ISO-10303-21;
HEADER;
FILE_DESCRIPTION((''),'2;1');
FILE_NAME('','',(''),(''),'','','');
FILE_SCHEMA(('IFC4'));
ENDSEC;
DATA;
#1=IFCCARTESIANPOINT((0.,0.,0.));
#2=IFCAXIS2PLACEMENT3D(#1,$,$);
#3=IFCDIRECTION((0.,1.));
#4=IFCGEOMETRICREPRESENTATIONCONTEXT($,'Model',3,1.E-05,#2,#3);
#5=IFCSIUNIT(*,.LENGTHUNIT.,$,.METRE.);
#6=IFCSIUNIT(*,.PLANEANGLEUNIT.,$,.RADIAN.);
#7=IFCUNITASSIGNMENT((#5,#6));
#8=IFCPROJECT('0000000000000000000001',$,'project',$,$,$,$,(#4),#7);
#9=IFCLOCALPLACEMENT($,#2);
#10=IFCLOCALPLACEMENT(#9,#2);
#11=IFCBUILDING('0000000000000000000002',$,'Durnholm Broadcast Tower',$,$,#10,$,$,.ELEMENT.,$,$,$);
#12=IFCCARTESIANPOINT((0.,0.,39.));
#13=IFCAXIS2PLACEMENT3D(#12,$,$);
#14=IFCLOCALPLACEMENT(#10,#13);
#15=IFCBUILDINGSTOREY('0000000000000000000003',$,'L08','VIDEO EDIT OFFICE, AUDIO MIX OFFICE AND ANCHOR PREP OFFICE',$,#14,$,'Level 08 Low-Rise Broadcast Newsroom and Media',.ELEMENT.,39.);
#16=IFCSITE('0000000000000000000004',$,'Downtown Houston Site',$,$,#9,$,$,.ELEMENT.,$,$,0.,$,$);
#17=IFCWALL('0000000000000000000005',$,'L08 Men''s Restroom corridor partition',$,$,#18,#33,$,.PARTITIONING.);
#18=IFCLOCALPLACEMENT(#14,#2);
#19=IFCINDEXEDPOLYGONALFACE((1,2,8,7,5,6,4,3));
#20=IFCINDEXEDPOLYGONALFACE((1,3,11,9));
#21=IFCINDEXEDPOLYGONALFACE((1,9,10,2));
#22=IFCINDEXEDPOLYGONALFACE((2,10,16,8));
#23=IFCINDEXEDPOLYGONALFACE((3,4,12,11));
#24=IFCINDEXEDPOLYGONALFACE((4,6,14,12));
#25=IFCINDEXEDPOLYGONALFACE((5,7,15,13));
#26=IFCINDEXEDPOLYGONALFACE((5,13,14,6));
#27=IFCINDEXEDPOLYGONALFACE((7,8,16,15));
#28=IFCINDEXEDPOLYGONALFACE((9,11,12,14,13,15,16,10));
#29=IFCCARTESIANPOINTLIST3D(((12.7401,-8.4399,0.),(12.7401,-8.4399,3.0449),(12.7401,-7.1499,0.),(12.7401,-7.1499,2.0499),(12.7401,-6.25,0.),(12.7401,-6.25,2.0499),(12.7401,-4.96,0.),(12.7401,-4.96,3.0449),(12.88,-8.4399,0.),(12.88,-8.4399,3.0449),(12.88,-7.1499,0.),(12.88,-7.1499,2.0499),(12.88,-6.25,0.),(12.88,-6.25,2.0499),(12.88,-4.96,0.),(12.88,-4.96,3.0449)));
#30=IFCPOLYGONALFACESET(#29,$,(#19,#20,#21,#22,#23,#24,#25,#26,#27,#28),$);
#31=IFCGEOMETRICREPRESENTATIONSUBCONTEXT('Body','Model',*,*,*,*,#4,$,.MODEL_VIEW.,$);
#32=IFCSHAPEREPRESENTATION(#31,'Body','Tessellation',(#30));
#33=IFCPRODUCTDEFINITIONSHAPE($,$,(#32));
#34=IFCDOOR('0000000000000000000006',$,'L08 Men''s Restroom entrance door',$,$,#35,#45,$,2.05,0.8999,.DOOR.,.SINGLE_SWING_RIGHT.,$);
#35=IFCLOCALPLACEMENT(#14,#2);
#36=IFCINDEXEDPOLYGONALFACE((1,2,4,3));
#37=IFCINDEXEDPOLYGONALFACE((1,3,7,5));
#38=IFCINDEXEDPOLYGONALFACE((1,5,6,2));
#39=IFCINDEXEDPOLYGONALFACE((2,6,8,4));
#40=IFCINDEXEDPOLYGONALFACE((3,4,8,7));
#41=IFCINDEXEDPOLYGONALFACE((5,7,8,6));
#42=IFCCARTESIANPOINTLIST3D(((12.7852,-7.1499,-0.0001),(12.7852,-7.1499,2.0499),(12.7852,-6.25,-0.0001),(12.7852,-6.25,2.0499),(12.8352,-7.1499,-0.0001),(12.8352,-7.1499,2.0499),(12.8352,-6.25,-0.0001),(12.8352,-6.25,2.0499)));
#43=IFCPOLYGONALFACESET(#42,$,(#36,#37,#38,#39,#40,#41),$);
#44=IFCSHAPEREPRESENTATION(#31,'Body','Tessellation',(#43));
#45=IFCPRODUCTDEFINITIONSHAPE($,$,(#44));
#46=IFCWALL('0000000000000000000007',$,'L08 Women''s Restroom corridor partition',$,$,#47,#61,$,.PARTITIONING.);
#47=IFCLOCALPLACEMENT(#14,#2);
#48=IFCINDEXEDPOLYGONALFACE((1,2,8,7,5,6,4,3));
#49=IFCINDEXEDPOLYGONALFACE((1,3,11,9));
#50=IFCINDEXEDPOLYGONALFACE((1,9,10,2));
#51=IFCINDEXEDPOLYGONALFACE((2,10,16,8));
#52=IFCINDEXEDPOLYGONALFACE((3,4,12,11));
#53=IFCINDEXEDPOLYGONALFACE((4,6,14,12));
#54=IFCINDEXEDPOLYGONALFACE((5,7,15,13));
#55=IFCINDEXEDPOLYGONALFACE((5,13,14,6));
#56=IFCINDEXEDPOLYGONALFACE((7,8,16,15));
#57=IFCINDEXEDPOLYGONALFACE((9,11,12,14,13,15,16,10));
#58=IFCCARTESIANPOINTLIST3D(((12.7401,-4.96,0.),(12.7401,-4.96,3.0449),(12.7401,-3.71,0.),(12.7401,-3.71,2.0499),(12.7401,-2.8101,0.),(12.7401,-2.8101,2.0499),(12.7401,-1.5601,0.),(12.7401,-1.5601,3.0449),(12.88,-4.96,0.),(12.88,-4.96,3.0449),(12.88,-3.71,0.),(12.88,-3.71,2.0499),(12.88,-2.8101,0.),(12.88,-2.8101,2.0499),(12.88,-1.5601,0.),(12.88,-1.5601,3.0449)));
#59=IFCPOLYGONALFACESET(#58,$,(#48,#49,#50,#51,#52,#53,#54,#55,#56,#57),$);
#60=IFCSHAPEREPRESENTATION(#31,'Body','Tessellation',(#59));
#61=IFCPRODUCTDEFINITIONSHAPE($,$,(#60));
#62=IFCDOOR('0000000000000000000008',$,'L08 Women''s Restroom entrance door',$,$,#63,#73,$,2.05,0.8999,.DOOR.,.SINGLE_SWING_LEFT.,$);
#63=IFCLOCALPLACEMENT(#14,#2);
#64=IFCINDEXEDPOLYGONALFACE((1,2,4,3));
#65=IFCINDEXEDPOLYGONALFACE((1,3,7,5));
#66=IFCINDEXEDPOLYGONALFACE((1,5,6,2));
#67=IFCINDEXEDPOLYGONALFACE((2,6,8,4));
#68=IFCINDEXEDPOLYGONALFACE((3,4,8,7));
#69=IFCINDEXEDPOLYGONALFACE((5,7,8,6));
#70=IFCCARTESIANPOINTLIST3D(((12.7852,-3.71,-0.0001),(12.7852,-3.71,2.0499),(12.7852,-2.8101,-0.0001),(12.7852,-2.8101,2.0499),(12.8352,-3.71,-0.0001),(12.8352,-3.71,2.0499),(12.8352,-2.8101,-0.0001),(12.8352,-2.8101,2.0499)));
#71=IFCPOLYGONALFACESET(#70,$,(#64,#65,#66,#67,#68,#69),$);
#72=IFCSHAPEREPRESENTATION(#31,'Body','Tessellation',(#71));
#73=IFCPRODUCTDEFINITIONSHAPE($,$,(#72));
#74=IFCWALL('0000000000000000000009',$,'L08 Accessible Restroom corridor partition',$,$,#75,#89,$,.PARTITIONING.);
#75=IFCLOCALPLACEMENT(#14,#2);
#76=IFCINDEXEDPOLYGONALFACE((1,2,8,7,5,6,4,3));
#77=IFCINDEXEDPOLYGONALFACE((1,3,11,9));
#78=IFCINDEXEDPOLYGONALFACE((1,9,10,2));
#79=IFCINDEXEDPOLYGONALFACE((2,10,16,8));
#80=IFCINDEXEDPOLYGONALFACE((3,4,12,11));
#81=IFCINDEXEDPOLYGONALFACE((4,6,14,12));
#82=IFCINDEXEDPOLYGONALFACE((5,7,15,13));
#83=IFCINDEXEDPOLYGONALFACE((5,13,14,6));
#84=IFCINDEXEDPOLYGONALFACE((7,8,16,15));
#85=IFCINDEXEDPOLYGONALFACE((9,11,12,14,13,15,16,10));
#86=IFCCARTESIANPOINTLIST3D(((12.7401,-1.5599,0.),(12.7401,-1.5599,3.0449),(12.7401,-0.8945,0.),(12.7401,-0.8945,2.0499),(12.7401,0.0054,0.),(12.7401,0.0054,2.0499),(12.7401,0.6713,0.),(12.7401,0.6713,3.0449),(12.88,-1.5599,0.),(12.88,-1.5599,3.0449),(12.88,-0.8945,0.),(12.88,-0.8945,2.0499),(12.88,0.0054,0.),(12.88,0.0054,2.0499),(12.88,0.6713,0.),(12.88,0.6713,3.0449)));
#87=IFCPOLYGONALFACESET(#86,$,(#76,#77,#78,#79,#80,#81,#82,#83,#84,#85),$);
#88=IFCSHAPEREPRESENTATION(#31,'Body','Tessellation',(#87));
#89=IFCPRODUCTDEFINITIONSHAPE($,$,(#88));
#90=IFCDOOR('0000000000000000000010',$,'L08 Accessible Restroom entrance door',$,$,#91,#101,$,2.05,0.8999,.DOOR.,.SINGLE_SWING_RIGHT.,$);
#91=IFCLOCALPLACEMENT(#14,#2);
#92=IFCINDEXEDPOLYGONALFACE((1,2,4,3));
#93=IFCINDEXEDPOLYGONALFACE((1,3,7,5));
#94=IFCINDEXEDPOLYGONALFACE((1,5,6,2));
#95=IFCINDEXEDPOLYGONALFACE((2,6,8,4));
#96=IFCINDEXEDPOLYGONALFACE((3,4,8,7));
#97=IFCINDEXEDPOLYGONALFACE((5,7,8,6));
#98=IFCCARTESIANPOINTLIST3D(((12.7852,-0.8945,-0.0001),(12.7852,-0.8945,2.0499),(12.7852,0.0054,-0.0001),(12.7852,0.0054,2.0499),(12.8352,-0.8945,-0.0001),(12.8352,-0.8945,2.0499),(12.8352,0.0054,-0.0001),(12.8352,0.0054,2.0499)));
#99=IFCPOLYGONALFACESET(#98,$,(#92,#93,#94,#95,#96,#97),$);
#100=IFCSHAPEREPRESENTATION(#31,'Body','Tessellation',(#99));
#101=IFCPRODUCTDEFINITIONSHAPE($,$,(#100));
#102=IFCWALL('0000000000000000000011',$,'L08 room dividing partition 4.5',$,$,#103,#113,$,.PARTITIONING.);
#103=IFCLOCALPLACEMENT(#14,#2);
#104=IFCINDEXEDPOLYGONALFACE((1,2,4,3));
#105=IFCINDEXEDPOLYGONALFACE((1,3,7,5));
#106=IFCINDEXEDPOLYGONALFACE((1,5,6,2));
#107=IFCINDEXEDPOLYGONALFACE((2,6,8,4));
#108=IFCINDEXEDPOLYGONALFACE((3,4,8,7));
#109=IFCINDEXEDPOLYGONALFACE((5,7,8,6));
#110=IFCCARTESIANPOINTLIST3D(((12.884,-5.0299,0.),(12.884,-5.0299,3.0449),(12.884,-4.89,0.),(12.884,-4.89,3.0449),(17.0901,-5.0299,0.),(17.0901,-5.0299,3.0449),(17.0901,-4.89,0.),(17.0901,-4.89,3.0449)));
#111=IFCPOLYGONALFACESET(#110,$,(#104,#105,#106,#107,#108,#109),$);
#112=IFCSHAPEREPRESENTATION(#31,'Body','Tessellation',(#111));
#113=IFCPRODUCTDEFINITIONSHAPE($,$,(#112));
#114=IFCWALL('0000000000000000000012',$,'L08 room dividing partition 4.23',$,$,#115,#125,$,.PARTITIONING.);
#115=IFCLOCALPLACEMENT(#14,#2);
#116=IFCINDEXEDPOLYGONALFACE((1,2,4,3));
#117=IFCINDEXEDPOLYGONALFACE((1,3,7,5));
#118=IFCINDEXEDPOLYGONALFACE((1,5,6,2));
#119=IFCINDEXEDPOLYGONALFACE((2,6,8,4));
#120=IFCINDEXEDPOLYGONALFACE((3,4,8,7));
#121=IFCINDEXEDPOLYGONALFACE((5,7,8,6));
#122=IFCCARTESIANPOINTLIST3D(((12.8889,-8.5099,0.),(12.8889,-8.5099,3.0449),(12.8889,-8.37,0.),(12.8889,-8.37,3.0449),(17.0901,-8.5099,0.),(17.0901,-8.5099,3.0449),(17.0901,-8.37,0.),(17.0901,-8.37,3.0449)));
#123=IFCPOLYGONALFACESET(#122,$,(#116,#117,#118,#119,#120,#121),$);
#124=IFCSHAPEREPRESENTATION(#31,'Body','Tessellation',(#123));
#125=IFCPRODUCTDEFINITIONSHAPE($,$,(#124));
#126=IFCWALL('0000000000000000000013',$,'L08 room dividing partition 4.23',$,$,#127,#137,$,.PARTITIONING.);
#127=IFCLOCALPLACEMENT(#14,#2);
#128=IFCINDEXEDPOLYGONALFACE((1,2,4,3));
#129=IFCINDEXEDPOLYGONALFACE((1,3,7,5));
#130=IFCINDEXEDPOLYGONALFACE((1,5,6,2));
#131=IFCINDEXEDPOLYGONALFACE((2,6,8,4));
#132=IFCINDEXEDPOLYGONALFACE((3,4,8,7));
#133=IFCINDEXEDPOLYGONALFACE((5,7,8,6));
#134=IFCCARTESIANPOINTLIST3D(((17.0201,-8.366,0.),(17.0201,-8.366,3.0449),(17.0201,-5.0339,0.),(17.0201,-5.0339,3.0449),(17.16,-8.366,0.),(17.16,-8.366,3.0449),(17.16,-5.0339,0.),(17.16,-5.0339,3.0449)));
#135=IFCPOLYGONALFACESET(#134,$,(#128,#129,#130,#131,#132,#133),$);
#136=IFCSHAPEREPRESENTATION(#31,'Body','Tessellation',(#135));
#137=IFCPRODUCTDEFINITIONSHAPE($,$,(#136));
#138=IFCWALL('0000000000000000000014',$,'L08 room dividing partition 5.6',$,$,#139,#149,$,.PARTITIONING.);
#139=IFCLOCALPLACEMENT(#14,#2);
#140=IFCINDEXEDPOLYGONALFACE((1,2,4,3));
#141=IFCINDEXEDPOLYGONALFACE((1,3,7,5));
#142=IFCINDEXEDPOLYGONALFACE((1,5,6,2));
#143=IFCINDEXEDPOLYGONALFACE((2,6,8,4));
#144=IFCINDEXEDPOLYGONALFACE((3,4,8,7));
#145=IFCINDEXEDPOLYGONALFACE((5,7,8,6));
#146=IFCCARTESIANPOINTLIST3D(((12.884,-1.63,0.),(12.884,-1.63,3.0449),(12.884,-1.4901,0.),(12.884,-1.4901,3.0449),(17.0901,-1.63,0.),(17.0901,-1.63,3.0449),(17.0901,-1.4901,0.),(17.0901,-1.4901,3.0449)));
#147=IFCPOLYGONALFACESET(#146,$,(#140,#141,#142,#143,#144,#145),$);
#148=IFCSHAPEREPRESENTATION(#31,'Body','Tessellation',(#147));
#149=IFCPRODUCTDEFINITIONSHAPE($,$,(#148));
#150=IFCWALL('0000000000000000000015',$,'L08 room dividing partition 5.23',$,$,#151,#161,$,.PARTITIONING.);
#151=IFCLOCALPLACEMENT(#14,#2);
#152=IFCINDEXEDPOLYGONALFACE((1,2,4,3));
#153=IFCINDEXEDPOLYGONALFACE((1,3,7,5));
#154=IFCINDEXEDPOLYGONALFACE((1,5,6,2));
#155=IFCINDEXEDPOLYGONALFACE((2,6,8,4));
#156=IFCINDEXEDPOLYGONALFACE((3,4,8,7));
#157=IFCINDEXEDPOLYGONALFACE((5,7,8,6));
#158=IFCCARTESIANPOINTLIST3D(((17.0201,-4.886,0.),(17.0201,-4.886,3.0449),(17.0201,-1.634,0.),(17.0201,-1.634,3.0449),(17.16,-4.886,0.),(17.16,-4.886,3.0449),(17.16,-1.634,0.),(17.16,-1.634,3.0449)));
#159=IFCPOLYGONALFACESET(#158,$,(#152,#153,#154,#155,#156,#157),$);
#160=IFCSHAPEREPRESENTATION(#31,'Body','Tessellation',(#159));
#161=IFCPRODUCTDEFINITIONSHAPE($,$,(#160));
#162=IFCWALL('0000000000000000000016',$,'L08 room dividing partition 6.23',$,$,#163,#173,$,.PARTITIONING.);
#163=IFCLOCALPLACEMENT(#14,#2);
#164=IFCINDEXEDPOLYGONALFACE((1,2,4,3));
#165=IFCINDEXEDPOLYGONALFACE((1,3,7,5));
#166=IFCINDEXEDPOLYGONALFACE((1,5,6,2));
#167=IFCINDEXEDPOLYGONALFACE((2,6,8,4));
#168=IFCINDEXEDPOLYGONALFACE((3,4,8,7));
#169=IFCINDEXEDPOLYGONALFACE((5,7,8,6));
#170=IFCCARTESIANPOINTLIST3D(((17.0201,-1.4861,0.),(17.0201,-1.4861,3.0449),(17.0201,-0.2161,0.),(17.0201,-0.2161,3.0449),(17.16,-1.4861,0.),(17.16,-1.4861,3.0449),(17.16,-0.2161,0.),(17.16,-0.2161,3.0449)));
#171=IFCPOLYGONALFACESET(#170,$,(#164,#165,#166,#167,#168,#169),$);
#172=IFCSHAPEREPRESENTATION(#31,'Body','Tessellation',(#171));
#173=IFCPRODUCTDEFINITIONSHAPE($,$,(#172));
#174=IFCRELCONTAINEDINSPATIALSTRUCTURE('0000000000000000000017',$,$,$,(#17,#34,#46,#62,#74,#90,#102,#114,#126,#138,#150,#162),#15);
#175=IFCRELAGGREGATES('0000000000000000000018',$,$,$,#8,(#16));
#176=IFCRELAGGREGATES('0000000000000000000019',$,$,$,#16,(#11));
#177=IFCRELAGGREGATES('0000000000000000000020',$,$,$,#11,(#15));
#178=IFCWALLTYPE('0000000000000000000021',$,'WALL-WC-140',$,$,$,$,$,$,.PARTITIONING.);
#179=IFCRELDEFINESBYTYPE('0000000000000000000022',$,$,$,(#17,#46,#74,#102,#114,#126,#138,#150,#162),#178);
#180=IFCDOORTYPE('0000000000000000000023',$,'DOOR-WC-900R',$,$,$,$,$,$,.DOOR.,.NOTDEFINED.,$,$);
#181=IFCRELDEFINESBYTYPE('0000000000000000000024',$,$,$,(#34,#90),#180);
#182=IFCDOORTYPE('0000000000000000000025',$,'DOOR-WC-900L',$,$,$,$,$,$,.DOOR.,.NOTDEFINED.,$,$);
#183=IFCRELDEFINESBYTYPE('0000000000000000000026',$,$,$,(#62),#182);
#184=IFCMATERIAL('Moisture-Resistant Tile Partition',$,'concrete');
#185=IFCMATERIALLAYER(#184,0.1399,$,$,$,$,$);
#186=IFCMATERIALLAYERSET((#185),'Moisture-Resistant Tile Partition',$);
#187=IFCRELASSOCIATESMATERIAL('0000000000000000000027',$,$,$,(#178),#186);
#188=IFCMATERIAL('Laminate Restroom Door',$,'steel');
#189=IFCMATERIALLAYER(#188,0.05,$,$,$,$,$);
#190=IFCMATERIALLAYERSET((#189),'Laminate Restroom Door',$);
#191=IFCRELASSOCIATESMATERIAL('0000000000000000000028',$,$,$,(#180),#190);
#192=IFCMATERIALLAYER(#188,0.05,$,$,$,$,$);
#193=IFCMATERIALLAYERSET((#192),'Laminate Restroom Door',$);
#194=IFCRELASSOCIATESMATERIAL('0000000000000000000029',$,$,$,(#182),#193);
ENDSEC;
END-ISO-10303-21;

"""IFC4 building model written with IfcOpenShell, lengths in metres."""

from ifc_helpers import new_model, si_unit, direction, frame, frame_2d, origin, place, context, subcontext, project, spatial, rectangle, extrude, source, transform, mapped, material, layer, layer_set, type_object, type_shapes, element, fill, save


model = new_model("IFC4")

# Units and contexts
model_context = context("Model", 3, precision=1e-05, world=origin(), true_north=direction((0.0, 1.0)))
body_context = subcontext(model_context, "Body", "Model", "MODEL_VIEW")
ifc_project = project(units=[si_unit("LENGTHUNIT", "METRE"), si_unit("PLANEANGLEUNIT", "RADIAN")], contexts=[model_context])

# Site, building, storey
site_placement = place(None, origin())
site = spatial("IfcSite", under=ifc_project, at=site_placement, Name="Downtown Houston Site", CompositionType="ELEMENT", RefElevation=0.0)
building_placement = place(site_placement, origin())
building = spatial("IfcBuilding", under=site, at=building_placement, Name="Durnholm Broadcast Tower", CompositionType="ELEMENT")
storey_placement = place(building_placement, frame((0.0, 0.0, 39.0)))
storey = spatial("IfcBuildingStorey", under=building, at=storey_placement, Name="L08", Description="VIDEO EDIT OFFICE, AUDIO MIX OFFICE AND ANCHOR PREP OFFICE", LongName="Level 08 Low-Rise Broadcast Newsroom and Media", CompositionType="ELEMENT", Elevation=39.0)

# Walls, openings, doors
ifc_material_1 = material(Name="Moisture-Resistant Tile Partition", Category="concrete")
ifc_layer_1 = layer(ifc_material_1, 0.1399)
ifc_layer_set_1 = layer_set([ifc_layer_1], Name="Moisture-Resistant Tile Partition")
wall_type = type_object("IfcWallType", Name="WALL-WC-140", PredefinedType="PARTITIONING", material=ifc_layer_set_1)
wall_1_placement = place(storey_placement, frame((12.8101, -8.4399, 0.0), z_axis=(0.0, 0.0, 1.0), x_axis=(0.0, 1.0, 0.0)))
wall_1 = element("IfcWall", 1, at=wall_1_placement, inside=storey, type_object=wall_type, Name="L08 Men's Restroom corridor partition", PredefinedType="PARTITIONING", context=body_context, shape_type="SweptSolid", body=[
    extrude(rectangle(XDim=3.48, YDim=0.1399, at=frame_2d((1.74, 0.0))), origin(), (0.0, 0.0, 1.0), 3.0449),
])
opening_1_placement = place(wall_1_placement, frame((1.29, 0.0, 0.0)))
opening_1 = element("IfcOpeningElement", 2, at=opening_1_placement, cuts=wall_1, PredefinedType="OPENING", context=body_context, shape_type="SweptSolid", body=[
    extrude(rectangle(XDim=0.8999, YDim=2.05, at=frame_2d((0.45, 1.0249))), frame((0.0, 0.0801, 0.0), z_axis=(0.0, -1.0, 0.0), x_axis=(1.0, 0.0, 0.0)), (0.0, 0.0, 1.0), 0.1599),
])
ifc_material_2 = material(Name="Laminate Restroom Door", Category="steel")
ifc_layer_2 = layer(ifc_material_2, 0.05)
ifc_layer_set_2 = layer_set([ifc_layer_2], Name="Laminate Restroom Door")
door_type_1 = type_object("IfcDoorType", Name="DOOR-WC-900R", OperationType="NOTDEFINED", PredefinedType="DOOR", material=ifc_layer_set_2)
shared_shape_1 = source(origin(), body_context, "Body", "SweptSolid", [
    extrude(rectangle(XDim=0.8999, YDim=2.05, at=frame_2d((0.45, 1.0249))), frame((0.0, 0.0249, 0.0), z_axis=(0.0, -1.0, 0.0), x_axis=(1.0, 0.0, 0.0)), (0.0, 0.0, 1.0), 0.05),
])
type_shapes(door_type_1, [shared_shape_1])
door_1_placement = place(opening_1_placement, origin())
door_1 = element("IfcDoor", 3, at=door_1_placement, inside=storey, type_object=door_type_1, Name="L08 Men's Restroom entrance door", OperationType="SINGLE_SWING_RIGHT", OverallHeight=2.05, OverallWidth=0.8999, PredefinedType="DOOR", context=body_context, shape_type="MappedRepresentation", body=[
    mapped(shared_shape_1, transform((0.0, 0.0, 0.0), x_axis=(1.0, 0.0, 0.0), y_axis=(0.0, 1.0, 0.0), z_axis=(0.0, 0.0, 1.0), scale=1.0)),
])
fill(opening_1, door_1)
wall_2_placement = place(storey_placement, frame((12.8101, -4.96, 0.0), z_axis=(0.0, 0.0, 1.0), x_axis=(0.0, 1.0, 0.0)))
wall_2 = element("IfcWall", 4, at=wall_2_placement, inside=storey, type_object=wall_type, Name="L08 Women's Restroom corridor partition", PredefinedType="PARTITIONING", context=body_context, shape_type="SweptSolid", body=[
    extrude(rectangle(XDim=3.3999, YDim=0.1399, at=frame_2d((1.7, 0.0))), origin(), (0.0, 0.0, 1.0), 3.0449),
])
opening_2_placement = place(wall_2_placement, frame((1.25, 0.0, 0.0)))
opening_2 = element("IfcOpeningElement", 5, at=opening_2_placement, cuts=wall_2, PredefinedType="OPENING", context=body_context, shape_type="SweptSolid", body=[
    extrude(rectangle(XDim=0.8999, YDim=2.05, at=frame_2d((0.45, 1.0249))), frame((0.0, 0.0801, 0.0), z_axis=(0.0, -1.0, 0.0), x_axis=(1.0, 0.0, 0.0)), (0.0, 0.0, 1.0), 0.1599),
])
ifc_layer_3 = layer(ifc_material_2, 0.05)
ifc_layer_set_3 = layer_set([ifc_layer_3], Name="Laminate Restroom Door")
door_type_2 = type_object("IfcDoorType", Name="DOOR-WC-900L", OperationType="NOTDEFINED", PredefinedType="DOOR", material=ifc_layer_set_3)
shared_shape_2 = source(origin(), body_context, "Body", "SweptSolid", [
    extrude(rectangle(XDim=0.8999, YDim=2.05, at=frame_2d((0.45, 1.0249))), frame((0.0, 0.0249, 0.0), z_axis=(0.0, -1.0, 0.0), x_axis=(1.0, 0.0, 0.0)), (0.0, 0.0, 1.0), 0.05),
])
type_shapes(door_type_2, [shared_shape_2])
door_2_placement = place(opening_2_placement, origin())
door_2 = element("IfcDoor", 6, at=door_2_placement, inside=storey, type_object=door_type_2, Name="L08 Women's Restroom entrance door", OperationType="SINGLE_SWING_LEFT", OverallHeight=2.05, OverallWidth=0.8999, PredefinedType="DOOR", context=body_context, shape_type="MappedRepresentation", body=[
    mapped(shared_shape_2, transform((0.0, 0.0, 0.0), x_axis=(1.0, 0.0, 0.0), y_axis=(0.0, 1.0, 0.0), z_axis=(0.0, 0.0, 1.0), scale=1.0)),
])
fill(opening_2, door_2)
wall_3_placement = place(storey_placement, frame((12.8101, -1.5601, 0.0), z_axis=(0.0, 0.0, 1.0), x_axis=(0.0, 1.0, 0.0)))
wall_3 = element("IfcWall", 7, at=wall_3_placement, inside=storey, type_object=wall_type, Name="L08 Accessible Restroom corridor partition", PredefinedType="PARTITIONING", context=body_context, shape_type="SweptSolid", body=[
    extrude(rectangle(XDim=2.2312, YDim=0.1399, at=frame_2d((1.1157, 0.0))), origin(), (0.0, 0.0, 1.0), 3.0449),
])
opening_3_placement = place(wall_3_placement, frame((0.6655, 0.0, 0.0)))
opening_3 = element("IfcOpeningElement", 8, at=opening_3_placement, cuts=wall_3, PredefinedType="OPENING", context=body_context, shape_type="SweptSolid", body=[
    extrude(rectangle(XDim=0.8999, YDim=2.05, at=frame_2d((0.45, 1.0249))), frame((0.0, 0.0801, 0.0), z_axis=(0.0, -1.0, 0.0), x_axis=(1.0, 0.0, 0.0)), (0.0, 0.0, 1.0), 0.1599),
])
door_3_placement = place(opening_3_placement, origin())
door_3 = element("IfcDoor", 9, at=door_3_placement, inside=storey, type_object=door_type_1, Name="L08 Accessible Restroom entrance door", OperationType="SINGLE_SWING_RIGHT", OverallHeight=2.05, OverallWidth=0.8999, PredefinedType="DOOR", context=body_context, shape_type="MappedRepresentation", body=[
    mapped(shared_shape_1, transform((0.0, 0.0, 0.0), x_axis=(1.0, 0.0, 0.0), y_axis=(0.0, 1.0, 0.0), z_axis=(0.0, 0.0, 1.0), scale=1.0)),
])
fill(opening_3, door_3)

# Walls
wall_4_placement = place(storey_placement, frame((12.884, -4.96, 0.0), z_axis=(0.0, 0.0, 1.0), x_axis=(1.0, 0.0, 0.0)))
element("IfcWall", 10, at=wall_4_placement, inside=storey, type_object=wall_type, Name="L08 room dividing partition 4.5", PredefinedType="PARTITIONING", context=body_context, shape_type="SweptSolid", body=[
    extrude(rectangle(XDim=4.2061, YDim=0.1399, at=frame_2d((2.103, 0.0))), origin(), (0.0, 0.0, 1.0), 3.0449),
])
wall_5_placement = place(storey_placement, frame((17.0901, -8.4399, 0.0), z_axis=(0.0, 0.0, 1.0), x_axis=(-1.0, 0.0, 0.0)))
element("IfcWall", 11, at=wall_5_placement, inside=storey, type_object=wall_type, Name="L08 room dividing partition 4.23", PredefinedType="PARTITIONING", context=body_context, shape_type="SweptSolid", body=[
    extrude(rectangle(XDim=4.2012, YDim=0.1399, at=frame_2d((2.1006, 0.0))), origin(), (0.0, 0.0, 1.0), 3.0449),
])
wall_6_placement = place(storey_placement, frame((17.0901, -5.0339, 0.0), z_axis=(0.0, 0.0, 1.0), x_axis=(0.0, -1.0, 0.0)))
element("IfcWall", 12, at=wall_6_placement, inside=storey, type_object=wall_type, Name="L08 room dividing partition 4.23", PredefinedType="PARTITIONING", context=body_context, shape_type="SweptSolid", body=[
    extrude(rectangle(XDim=3.332, YDim=0.1399, at=frame_2d((1.666, 0.0))), origin(), (0.0, 0.0, 1.0), 3.0449),
])
wall_7_placement = place(storey_placement, frame((12.884, -1.5601, 0.0), z_axis=(0.0, 0.0, 1.0), x_axis=(1.0, 0.0, 0.0)))
element("IfcWall", 13, at=wall_7_placement, inside=storey, type_object=wall_type, Name="L08 room dividing partition 5.6", PredefinedType="PARTITIONING", context=body_context, shape_type="SweptSolid", body=[
    extrude(rectangle(XDim=4.2061, YDim=0.1399, at=frame_2d((2.103, 0.0))), origin(), (0.0, 0.0, 1.0), 3.0449),
])
wall_8_placement = place(storey_placement, frame((17.0901, -1.634, 0.0), z_axis=(0.0, 0.0, 1.0), x_axis=(0.0, -1.0, 0.0)))
element("IfcWall", 14, at=wall_8_placement, inside=storey, type_object=wall_type, Name="L08 room dividing partition 5.23", PredefinedType="PARTITIONING", context=body_context, shape_type="SweptSolid", body=[
    extrude(rectangle(XDim=3.252, YDim=0.1399, at=frame_2d((1.626, 0.0))), origin(), (0.0, 0.0, 1.0), 3.0449),
])
wall_9_placement = place(storey_placement, frame((17.0901, -0.2161, 0.0), z_axis=(0.0, 0.0, 1.0), x_axis=(0.0, -1.0, 0.0)))
element("IfcWall", 15, at=wall_9_placement, inside=storey, type_object=wall_type, Name="L08 room dividing partition 6.23", PredefinedType="PARTITIONING", context=body_context, shape_type="SweptSolid", body=[
    extrude(rectangle(XDim=1.27, YDim=0.1399, at=frame_2d((0.635, 0.0))), origin(), (0.0, 0.0, 1.0), 3.0449),
])

save(model, "model.ifc")
